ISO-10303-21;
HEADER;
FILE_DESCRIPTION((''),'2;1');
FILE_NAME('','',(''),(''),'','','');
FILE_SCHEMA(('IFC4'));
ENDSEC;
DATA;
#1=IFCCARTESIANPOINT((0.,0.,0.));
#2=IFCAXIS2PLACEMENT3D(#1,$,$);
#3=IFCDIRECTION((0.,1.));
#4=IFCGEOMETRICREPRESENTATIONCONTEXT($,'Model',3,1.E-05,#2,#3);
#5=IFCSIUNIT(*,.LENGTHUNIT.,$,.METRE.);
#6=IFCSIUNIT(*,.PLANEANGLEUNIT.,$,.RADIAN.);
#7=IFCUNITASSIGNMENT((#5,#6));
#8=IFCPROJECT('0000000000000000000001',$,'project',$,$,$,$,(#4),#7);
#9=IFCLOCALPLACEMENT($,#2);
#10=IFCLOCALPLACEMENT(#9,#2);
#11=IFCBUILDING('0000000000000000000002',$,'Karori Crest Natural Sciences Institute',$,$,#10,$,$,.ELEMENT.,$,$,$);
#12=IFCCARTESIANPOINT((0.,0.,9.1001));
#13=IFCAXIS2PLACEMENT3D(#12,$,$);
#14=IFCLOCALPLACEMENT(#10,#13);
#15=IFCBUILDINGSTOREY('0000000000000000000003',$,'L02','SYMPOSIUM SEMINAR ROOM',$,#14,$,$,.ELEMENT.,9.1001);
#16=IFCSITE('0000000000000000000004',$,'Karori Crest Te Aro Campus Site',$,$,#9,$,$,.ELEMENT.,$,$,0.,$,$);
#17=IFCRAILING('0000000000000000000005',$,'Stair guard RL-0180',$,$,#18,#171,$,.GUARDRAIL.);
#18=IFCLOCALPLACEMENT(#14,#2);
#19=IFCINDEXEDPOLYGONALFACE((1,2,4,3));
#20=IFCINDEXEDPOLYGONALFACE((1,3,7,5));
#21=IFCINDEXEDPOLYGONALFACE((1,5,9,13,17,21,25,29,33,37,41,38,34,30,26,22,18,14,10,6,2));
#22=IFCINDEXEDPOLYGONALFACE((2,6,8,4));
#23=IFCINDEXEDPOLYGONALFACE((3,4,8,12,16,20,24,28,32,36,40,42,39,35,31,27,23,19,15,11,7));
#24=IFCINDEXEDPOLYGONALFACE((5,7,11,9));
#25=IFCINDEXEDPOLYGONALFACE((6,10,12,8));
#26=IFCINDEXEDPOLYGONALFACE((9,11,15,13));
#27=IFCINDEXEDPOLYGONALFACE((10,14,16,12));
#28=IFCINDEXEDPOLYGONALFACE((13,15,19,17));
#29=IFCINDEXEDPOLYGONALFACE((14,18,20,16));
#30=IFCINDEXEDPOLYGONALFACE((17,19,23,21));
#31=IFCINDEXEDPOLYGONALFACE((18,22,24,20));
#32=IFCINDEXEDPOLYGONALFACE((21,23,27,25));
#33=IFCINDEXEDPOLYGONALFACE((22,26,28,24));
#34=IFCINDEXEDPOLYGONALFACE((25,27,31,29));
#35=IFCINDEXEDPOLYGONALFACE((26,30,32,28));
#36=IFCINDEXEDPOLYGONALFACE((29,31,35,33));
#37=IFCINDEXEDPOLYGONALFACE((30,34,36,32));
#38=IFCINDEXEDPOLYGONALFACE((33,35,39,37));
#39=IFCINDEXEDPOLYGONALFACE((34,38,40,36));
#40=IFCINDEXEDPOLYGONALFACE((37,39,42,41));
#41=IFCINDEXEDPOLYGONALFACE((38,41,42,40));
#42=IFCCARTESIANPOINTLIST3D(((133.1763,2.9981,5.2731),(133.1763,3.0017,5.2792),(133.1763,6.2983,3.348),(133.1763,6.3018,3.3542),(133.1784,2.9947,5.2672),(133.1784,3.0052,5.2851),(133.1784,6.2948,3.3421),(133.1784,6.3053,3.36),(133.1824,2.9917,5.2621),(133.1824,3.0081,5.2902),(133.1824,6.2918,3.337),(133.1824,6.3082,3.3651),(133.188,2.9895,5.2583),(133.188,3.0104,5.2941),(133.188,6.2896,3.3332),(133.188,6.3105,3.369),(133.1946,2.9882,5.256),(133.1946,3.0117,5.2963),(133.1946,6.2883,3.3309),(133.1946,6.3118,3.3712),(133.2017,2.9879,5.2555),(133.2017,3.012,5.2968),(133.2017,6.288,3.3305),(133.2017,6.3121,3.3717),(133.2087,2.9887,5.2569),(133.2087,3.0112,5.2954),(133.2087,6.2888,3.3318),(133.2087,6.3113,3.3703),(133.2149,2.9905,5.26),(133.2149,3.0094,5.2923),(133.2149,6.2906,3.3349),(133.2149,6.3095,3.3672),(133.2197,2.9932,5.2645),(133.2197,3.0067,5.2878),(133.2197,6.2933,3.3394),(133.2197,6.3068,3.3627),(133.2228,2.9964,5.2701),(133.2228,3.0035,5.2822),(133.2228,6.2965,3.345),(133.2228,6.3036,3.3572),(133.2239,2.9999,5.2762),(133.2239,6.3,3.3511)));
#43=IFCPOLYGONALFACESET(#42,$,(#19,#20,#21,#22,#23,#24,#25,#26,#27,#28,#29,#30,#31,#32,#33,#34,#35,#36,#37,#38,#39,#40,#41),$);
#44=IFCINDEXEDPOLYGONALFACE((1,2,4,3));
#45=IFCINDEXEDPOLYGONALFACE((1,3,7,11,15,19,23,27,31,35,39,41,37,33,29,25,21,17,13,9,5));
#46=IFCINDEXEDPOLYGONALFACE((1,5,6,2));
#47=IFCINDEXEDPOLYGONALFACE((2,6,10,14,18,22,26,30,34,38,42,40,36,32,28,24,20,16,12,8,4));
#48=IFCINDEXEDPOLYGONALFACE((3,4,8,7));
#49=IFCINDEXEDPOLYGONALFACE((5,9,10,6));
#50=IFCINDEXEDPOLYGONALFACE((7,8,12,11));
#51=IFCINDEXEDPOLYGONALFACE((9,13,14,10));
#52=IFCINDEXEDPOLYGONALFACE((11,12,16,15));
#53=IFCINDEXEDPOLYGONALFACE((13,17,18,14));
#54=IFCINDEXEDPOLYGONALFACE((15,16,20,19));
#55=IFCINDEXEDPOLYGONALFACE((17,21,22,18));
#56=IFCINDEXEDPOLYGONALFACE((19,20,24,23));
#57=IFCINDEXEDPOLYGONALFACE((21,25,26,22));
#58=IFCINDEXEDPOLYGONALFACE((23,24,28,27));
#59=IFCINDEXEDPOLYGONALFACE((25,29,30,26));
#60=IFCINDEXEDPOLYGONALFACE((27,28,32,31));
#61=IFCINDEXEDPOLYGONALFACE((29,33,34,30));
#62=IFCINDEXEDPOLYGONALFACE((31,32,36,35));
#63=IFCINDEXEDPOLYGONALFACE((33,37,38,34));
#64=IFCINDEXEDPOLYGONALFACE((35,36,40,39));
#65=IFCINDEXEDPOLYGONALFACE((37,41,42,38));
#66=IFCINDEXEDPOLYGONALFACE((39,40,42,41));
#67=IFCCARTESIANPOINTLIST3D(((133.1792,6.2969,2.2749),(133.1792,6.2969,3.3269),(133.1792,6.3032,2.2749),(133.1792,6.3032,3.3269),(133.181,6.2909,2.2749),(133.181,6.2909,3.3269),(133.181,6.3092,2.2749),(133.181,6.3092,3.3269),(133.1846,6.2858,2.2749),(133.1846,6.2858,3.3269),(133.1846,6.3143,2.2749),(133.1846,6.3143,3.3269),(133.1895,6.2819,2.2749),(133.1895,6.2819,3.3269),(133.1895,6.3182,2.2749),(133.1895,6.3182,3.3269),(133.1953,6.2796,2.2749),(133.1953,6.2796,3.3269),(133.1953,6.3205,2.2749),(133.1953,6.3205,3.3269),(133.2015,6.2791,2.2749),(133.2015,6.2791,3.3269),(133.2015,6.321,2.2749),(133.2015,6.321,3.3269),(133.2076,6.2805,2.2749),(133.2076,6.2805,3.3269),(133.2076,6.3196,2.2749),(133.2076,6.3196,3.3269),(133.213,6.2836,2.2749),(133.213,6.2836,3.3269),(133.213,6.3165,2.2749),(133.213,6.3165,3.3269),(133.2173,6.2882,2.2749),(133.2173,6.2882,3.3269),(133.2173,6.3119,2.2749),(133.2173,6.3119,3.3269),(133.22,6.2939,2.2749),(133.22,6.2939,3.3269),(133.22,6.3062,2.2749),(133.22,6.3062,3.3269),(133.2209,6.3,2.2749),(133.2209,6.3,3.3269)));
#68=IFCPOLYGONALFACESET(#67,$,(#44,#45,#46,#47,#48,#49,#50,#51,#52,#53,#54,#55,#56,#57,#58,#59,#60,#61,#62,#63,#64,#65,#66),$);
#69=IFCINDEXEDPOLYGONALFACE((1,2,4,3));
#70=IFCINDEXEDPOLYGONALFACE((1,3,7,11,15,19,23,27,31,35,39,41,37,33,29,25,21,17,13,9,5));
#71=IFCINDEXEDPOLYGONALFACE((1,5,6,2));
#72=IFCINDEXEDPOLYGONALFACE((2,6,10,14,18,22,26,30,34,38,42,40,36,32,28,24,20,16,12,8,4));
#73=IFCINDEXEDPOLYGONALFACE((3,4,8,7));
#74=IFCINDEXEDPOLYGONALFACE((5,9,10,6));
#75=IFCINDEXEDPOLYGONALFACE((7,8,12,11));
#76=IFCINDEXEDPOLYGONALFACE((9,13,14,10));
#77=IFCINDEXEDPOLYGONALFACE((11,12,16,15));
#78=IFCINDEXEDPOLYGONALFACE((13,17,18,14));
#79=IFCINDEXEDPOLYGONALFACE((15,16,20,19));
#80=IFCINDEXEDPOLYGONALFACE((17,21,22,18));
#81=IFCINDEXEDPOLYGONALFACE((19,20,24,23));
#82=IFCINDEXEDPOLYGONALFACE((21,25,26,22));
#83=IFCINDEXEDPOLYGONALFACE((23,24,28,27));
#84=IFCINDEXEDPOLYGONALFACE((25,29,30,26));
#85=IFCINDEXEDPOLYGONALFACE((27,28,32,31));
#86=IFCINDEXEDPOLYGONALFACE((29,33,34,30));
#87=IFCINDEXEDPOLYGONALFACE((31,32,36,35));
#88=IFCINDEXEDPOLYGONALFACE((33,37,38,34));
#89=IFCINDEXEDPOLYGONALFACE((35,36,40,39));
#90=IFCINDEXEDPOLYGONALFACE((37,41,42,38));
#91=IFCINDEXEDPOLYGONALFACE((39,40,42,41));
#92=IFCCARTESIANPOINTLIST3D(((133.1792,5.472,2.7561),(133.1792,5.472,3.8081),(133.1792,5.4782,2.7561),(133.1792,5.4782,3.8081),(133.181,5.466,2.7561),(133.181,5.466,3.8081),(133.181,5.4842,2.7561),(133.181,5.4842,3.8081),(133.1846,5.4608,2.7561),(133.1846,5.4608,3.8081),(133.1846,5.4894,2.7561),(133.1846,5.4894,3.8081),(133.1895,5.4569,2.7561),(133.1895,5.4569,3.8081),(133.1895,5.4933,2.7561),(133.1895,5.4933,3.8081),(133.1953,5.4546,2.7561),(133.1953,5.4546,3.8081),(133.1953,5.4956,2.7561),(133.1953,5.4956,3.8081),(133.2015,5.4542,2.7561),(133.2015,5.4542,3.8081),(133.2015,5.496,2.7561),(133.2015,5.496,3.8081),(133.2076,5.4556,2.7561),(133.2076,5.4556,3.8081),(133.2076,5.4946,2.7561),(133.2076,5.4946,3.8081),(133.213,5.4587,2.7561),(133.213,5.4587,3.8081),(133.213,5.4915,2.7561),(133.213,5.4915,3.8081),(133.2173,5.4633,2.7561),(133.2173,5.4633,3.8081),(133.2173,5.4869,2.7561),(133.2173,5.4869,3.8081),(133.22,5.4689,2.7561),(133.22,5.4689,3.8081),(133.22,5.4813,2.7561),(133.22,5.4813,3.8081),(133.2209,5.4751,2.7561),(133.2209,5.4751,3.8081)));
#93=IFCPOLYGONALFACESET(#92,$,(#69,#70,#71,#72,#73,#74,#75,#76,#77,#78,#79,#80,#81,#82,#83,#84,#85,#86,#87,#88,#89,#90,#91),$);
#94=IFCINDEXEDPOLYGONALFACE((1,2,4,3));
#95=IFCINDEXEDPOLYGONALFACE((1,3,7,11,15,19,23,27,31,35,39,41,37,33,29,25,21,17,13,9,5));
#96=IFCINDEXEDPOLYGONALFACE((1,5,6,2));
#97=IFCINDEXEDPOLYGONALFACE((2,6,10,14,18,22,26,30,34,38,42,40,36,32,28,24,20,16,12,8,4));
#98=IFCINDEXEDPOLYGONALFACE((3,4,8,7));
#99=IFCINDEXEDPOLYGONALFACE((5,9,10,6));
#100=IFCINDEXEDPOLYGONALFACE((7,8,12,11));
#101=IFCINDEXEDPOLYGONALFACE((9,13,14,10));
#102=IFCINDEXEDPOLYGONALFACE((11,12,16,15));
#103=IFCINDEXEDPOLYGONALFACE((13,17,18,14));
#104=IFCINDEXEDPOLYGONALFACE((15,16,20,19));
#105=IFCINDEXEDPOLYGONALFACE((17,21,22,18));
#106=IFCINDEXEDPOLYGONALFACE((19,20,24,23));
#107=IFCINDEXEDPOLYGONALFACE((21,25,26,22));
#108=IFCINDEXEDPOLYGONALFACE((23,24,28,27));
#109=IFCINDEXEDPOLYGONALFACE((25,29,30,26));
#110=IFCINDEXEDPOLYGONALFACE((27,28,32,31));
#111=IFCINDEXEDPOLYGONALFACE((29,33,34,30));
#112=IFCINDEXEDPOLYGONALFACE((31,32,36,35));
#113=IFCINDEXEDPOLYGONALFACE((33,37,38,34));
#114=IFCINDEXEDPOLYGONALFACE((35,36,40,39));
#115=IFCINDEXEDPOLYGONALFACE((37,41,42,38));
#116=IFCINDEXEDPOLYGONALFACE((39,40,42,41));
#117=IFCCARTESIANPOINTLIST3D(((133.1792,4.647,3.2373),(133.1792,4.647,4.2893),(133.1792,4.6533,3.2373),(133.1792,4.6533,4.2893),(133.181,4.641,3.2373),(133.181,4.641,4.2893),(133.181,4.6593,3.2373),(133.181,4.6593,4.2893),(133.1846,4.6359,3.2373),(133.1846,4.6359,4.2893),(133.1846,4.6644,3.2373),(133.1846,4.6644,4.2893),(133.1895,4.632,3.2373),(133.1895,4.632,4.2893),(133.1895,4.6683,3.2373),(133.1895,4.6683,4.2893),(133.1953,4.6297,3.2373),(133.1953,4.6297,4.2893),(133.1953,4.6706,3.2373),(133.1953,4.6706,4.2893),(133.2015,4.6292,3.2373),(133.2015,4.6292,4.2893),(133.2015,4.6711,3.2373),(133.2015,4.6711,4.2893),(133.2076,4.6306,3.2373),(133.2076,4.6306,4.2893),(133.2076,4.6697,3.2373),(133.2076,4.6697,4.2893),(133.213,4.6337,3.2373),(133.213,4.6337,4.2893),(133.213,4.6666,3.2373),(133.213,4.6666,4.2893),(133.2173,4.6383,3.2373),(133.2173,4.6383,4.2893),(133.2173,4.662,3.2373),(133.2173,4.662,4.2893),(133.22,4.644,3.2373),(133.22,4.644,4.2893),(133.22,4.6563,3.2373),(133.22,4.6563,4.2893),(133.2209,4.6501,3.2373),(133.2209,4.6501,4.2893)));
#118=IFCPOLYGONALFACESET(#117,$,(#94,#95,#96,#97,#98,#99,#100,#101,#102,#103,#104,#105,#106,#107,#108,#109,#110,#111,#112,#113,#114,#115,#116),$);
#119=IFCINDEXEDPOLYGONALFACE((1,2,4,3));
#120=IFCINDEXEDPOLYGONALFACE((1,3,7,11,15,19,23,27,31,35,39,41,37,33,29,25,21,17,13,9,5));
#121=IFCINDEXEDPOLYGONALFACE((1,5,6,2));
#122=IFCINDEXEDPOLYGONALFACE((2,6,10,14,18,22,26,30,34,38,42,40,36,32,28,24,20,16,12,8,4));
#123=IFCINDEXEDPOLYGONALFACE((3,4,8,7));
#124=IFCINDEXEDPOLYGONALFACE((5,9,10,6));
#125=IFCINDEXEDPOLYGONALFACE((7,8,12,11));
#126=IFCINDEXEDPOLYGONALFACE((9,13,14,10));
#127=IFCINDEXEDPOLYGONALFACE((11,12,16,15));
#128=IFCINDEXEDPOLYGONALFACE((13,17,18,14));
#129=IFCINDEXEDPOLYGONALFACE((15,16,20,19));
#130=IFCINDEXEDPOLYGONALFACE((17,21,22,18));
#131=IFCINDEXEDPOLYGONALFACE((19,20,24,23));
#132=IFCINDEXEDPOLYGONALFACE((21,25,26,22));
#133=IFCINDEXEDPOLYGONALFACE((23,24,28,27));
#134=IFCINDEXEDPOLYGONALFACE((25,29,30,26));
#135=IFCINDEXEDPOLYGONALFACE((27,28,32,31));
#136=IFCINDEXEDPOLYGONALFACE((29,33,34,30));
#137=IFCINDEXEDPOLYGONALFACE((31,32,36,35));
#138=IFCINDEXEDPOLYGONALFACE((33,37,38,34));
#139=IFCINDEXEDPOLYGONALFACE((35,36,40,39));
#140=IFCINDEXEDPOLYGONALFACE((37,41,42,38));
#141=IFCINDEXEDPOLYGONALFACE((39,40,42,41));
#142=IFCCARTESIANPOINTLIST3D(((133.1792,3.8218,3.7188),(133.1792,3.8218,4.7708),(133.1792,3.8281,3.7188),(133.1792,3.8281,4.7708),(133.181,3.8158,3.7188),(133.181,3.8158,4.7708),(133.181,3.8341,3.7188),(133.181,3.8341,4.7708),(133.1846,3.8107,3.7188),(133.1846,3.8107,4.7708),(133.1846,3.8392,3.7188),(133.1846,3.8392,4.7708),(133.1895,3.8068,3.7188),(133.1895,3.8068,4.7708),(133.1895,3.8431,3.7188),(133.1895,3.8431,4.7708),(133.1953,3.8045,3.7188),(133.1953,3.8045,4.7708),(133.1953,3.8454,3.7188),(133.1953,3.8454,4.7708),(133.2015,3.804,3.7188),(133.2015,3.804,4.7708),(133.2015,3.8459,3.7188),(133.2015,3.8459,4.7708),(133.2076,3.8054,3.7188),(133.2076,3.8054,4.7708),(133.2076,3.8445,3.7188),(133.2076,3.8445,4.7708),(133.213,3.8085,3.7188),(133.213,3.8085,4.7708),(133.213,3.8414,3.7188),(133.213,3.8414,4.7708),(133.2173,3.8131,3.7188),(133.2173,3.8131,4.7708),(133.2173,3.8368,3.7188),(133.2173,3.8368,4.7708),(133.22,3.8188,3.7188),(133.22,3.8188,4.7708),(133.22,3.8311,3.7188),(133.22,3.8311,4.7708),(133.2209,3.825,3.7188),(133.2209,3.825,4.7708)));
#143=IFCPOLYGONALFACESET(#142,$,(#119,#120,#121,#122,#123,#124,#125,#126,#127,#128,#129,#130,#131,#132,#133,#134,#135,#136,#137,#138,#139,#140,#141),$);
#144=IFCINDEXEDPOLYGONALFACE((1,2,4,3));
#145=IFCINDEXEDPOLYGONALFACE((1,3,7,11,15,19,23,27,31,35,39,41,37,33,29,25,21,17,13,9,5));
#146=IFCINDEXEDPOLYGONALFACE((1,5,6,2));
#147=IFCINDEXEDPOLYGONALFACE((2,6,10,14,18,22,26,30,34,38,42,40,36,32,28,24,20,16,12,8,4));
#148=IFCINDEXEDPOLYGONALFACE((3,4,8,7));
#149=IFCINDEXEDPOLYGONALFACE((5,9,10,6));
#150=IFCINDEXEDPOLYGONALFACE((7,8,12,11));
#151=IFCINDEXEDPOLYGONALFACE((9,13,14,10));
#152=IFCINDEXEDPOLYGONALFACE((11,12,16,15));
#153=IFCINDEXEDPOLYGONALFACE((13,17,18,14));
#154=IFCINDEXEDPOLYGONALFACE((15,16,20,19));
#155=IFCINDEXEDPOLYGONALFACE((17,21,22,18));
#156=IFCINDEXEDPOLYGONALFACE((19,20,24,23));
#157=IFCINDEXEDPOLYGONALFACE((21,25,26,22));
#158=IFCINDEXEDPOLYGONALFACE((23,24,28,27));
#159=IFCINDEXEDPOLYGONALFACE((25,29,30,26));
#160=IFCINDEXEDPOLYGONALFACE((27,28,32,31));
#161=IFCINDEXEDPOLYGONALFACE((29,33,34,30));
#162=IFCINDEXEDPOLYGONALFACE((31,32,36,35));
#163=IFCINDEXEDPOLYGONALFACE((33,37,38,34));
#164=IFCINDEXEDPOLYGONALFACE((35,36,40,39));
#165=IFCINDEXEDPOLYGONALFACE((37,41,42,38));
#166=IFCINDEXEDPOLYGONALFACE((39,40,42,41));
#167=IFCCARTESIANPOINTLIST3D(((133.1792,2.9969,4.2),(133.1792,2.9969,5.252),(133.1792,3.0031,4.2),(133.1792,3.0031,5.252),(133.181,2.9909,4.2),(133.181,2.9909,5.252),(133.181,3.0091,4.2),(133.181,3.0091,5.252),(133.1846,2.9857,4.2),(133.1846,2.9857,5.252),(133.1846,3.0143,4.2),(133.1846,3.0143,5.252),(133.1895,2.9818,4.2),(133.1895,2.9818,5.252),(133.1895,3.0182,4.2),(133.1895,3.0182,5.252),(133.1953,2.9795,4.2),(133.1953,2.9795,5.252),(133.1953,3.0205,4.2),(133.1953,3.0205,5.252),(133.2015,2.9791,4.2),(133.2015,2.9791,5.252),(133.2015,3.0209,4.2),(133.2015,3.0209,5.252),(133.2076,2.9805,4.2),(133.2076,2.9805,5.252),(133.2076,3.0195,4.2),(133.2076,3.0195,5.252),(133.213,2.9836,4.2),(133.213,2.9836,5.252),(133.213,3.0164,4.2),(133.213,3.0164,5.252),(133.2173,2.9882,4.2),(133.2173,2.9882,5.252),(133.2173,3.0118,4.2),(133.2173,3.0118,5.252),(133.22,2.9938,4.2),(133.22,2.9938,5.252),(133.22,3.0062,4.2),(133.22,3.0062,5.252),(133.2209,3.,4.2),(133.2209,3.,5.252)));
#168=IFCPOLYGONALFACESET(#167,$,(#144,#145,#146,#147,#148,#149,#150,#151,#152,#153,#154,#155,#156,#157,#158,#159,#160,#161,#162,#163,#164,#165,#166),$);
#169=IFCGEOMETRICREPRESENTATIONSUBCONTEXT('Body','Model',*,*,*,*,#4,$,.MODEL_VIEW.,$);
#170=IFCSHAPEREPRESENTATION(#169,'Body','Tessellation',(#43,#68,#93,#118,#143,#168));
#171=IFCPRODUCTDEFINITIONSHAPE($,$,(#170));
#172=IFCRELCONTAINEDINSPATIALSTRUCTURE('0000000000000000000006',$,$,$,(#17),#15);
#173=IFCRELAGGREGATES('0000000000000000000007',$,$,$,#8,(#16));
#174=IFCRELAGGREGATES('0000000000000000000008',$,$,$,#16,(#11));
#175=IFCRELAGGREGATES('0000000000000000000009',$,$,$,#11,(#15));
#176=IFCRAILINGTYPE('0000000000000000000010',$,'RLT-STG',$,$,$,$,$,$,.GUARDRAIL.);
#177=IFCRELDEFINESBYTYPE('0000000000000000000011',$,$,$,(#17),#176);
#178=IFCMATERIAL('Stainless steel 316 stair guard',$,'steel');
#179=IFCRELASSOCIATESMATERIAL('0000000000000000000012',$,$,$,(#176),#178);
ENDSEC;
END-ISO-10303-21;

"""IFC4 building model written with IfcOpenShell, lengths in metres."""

from ifc_helpers import new_model, si_unit, direction, frame, origin, origin_2d, place, context, subcontext, project, spatial, circle, extrude, material, type_object, element, save


model = new_model("IFC4")

# Units and contexts
model_context = context("Model", 3, precision=1e-05, world=origin(), true_north=direction((0.0, 1.0)))
body_context = subcontext(model_context, "Body", "Model", "MODEL_VIEW")
ifc_project = project(units=[si_unit("LENGTHUNIT", "METRE"), si_unit("PLANEANGLEUNIT", "RADIAN")], contexts=[model_context])

# Site, building, storey
site_placement = place(None, origin())
site = spatial("IfcSite", under=ifc_project, at=site_placement, Name="Karori Crest Te Aro Campus Site", CompositionType="ELEMENT", RefElevation=0.0)
building_placement = place(site_placement, origin())
building = spatial("IfcBuilding", under=site, at=building_placement, Name="Karori Crest Natural Sciences Institute", CompositionType="ELEMENT")
storey_placement = place(building_placement, frame((0.0, 0.0, 9.1001)))
storey = spatial("IfcBuildingStorey", under=building, at=storey_placement, Name="L02", Description="SYMPOSIUM SEMINAR ROOM", CompositionType="ELEMENT", Elevation=9.1001)

# Railing
ifc_material_1 = material(Name="Stainless steel 316 stair guard", Category="steel")
railing_type_1 = type_object("IfcRailingType", Name="RLT-STG", PredefinedType="GUARDRAIL", material=ifc_material_1)
railing_1_placement = place(storey_placement, frame((133.2, 6.3, 2.2749)))
element("IfcRailing", 1, at=railing_1_placement, inside=storey, type_object=railing_type_1, Name="Stair guard RL-0180", PredefinedType="GUARDRAIL", context=body_context, shape_type="SweptSolid", body=[
    extrude(circle(Radius=0.0239, at=origin_2d()), frame((0.0, 0.0, 1.0762), z_axis=(0.0, -0.863777, 0.503875), x_axis=(1.0, 0.0, 0.0)), (0.0, 0.0, 1.0), 3.8206),
    extrude(circle(Radius=0.021, at=origin_2d()), origin(), (0.0, 0.0, 1.0), 1.052),
    extrude(circle(Radius=0.021, at=origin_2d()), frame((0.0, -0.825, 0.4812)), (0.0, 0.0, 1.0), 1.052),
    extrude(circle(Radius=0.021, at=origin_2d()), frame((0.0, -1.6499, 0.9624)), (0.0, 0.0, 1.0), 1.052),
    extrude(circle(Radius=0.021, at=origin_2d()), frame((0.0, -2.4751, 1.4438)), (0.0, 0.0, 1.0), 1.052),
    extrude(circle(Radius=0.021, at=origin_2d()), frame((0.0, -3.3, 1.925)), (0.0, 0.0, 1.0), 1.052),
])

save(model, "model.ifc")
